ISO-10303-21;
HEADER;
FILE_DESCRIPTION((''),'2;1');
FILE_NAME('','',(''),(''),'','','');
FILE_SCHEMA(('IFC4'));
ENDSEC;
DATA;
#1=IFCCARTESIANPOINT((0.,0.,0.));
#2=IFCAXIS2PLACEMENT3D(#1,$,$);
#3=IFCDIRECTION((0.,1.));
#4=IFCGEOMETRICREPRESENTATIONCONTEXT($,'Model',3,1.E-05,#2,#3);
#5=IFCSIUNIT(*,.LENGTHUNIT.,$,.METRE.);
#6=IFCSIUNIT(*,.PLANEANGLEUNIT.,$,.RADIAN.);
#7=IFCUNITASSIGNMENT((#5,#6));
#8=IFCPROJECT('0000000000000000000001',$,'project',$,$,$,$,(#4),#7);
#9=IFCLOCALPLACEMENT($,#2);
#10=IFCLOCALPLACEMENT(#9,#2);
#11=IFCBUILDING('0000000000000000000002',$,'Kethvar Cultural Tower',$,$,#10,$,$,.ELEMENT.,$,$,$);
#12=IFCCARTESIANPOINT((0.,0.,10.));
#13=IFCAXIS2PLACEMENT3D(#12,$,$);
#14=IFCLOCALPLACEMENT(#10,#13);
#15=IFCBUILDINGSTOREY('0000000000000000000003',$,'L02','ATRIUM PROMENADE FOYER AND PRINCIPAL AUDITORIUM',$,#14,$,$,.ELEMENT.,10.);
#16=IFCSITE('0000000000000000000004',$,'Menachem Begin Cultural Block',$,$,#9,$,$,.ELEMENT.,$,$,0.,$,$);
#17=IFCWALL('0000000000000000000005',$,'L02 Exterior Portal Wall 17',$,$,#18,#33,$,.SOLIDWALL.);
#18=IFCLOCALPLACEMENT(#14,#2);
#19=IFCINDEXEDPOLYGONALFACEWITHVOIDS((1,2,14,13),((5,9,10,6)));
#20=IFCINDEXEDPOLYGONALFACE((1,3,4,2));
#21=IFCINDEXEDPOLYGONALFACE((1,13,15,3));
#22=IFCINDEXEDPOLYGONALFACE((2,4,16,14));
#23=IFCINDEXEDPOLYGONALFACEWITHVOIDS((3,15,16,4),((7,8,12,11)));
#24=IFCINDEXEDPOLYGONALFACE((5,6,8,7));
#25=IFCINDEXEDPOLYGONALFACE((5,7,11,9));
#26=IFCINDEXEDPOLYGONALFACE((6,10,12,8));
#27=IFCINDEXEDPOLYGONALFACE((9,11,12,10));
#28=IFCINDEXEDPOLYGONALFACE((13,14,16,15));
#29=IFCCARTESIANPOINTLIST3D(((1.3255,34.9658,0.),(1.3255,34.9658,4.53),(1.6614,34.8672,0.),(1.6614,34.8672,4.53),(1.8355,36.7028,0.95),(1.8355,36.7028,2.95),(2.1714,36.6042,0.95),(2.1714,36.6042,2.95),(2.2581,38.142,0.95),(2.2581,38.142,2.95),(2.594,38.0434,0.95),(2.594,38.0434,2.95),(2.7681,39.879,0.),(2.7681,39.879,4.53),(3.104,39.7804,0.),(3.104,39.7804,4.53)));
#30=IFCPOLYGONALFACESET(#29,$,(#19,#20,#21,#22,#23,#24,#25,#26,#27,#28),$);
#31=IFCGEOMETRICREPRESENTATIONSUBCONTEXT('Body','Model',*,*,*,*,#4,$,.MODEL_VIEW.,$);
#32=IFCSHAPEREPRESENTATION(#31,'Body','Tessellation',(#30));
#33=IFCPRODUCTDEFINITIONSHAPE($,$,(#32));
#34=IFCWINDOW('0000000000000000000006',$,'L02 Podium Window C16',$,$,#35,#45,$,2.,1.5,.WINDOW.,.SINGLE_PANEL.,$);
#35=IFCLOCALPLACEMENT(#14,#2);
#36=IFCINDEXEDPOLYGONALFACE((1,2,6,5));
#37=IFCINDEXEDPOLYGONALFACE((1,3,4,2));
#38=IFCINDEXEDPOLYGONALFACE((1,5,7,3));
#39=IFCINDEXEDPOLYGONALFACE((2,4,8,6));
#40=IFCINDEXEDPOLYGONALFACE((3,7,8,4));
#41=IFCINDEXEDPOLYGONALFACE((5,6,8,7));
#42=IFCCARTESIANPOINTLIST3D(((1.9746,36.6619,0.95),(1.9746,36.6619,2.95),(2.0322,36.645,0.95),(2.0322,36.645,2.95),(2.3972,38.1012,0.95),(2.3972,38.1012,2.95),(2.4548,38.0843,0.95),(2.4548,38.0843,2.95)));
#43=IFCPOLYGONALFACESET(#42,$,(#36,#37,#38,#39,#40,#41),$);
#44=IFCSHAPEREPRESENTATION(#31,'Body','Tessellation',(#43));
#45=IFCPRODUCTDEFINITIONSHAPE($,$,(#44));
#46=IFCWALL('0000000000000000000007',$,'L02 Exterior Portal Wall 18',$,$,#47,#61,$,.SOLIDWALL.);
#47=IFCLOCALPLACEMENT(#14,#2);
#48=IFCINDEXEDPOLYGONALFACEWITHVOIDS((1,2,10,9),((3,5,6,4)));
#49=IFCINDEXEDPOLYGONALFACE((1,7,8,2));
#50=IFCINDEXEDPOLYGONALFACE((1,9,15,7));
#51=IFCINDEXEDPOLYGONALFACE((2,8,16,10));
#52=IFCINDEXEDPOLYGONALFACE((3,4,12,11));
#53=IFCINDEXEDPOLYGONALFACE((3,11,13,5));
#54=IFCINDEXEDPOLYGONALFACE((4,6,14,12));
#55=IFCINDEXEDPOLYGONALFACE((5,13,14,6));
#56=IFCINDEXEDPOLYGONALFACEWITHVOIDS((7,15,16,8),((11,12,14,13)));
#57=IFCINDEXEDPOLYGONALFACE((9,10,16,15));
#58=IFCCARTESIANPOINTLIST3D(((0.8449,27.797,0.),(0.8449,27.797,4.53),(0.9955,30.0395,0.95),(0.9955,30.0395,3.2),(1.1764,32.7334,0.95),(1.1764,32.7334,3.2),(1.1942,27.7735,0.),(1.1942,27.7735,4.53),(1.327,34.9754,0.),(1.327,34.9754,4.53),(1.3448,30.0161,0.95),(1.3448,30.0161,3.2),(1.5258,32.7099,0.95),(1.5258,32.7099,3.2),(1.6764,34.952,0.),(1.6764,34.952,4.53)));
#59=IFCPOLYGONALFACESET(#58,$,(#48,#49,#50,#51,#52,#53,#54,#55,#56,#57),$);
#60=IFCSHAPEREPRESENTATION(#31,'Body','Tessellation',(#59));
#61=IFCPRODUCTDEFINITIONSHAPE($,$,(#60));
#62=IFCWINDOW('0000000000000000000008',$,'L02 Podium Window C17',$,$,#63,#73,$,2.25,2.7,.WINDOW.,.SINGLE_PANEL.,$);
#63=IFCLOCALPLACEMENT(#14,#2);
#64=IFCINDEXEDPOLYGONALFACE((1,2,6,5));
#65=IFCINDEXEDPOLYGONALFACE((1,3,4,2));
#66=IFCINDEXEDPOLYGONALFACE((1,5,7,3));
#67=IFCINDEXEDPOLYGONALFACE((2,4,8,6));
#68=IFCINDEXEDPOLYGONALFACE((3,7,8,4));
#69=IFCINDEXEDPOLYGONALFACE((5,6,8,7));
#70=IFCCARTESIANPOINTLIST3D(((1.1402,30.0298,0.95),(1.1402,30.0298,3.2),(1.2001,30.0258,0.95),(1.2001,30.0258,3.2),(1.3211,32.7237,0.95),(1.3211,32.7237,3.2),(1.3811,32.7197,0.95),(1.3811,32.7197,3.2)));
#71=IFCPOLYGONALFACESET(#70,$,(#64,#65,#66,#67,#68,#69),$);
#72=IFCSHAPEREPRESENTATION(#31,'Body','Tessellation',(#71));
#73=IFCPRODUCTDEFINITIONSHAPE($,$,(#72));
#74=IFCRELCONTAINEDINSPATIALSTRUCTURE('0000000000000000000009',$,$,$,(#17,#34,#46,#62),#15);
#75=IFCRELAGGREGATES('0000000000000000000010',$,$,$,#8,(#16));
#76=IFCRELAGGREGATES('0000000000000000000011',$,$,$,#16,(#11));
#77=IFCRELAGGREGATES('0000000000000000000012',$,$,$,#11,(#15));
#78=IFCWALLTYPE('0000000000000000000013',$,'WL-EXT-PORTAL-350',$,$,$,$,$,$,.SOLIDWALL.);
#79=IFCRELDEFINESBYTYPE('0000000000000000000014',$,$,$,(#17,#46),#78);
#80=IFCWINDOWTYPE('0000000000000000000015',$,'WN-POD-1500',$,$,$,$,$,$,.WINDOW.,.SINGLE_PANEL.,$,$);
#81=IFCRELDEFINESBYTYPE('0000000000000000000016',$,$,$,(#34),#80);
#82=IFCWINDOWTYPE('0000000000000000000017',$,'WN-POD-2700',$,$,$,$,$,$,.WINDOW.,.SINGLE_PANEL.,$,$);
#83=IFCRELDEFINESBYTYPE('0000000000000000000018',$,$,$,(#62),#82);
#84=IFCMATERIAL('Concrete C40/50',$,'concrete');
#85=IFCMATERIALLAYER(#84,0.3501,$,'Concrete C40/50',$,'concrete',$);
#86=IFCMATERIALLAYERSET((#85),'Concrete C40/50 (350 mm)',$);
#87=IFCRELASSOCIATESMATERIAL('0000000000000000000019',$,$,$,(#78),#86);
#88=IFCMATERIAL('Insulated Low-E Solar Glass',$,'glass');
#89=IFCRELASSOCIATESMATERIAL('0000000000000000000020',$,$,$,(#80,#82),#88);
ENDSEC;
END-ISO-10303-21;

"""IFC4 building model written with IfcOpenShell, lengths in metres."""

from ifc_helpers import new_model, si_unit, direction, frame, frame_2d, origin, place, context, subcontext, project, spatial, rectangle, extrude, source, transform, mapped, material, layer, layer_set, type_object, element, fill, save


model = new_model("IFC4")

# Units and contexts
model_context = context("Model", 3, precision=1e-05, world=origin(), true_north=direction((0.0, 1.0)))
body_context = subcontext(model_context, "Body", "Model", "MODEL_VIEW")
ifc_project = project(units=[si_unit("LENGTHUNIT", "METRE"), si_unit("PLANEANGLEUNIT", "RADIAN")], contexts=[model_context])

# Site, building, storey
site_placement = place(None, origin())
site = spatial("IfcSite", under=ifc_project, at=site_placement, Name="Menachem Begin Cultural Block", CompositionType="ELEMENT", RefElevation=0.0)
building_placement = place(site_placement, origin())
building = spatial("IfcBuilding", under=site, at=building_placement, Name="Kethvar Cultural Tower", CompositionType="ELEMENT")
storey_placement = place(building_placement, frame((0.0, 0.0, 10.0)))
storey = spatial("IfcBuildingStorey", under=building, at=storey_placement, Name="L02", Description="ATRIUM PROMENADE FOYER AND PRINCIPAL AUDITORIUM", CompositionType="ELEMENT", Elevation=10.0)

# Shared definitions
ifc_material_1 = material(Name="Insulated Low-E Solar Glass", Category="glass")

# Walls, openings, windows
ifc_material_2 = material(Name="Concrete C40/50", Category="concrete")
ifc_layer_1 = layer(ifc_material_2, 0.3501, Name="Concrete C40/50", Category="concrete")
ifc_layer_set_1 = layer_set([ifc_layer_1], Name="Concrete C40/50 (350 mm)")
wall_type_1 = type_object("IfcWallType", Name="WL-EXT-PORTAL-350", PredefinedType="SOLIDWALL", material=ifc_layer_set_1)
wall_1_placement = place(storey_placement, frame((1.4934, 34.9165, 0.0), z_axis=(0.0, 0.0, 1.0), x_axis=(0.281735, 0.959492, 0.0)))
wall_1 = element("IfcWall", 1, at=wall_1_placement, inside=storey, type_object=wall_type_1, Name="L02 Exterior Portal Wall 17", PredefinedType="SOLIDWALL", context=body_context, shape_type="SweptSolid", body=[
    extrude(rectangle(XDim=5.1206, YDim=0.3501, at=frame_2d((2.5603, 0.0))), origin(), (0.0, 0.0, 1.0), 4.53),
])
opening_1_placement = place(wall_1_placement, frame((1.8103, 0.0, 0.95)))
opening_1 = element("IfcOpeningElement", 2, at=opening_1_placement, cuts=wall_1, PredefinedType="OPENING", context=body_context, shape_type="SweptSolid", body=[
    extrude(rectangle(XDim=1.5, YDim=2.0, at=frame_2d((0.75, 1.0))), frame((0.0, 0.1851, 0.0), z_axis=(0.0, -1.0, 0.0), x_axis=(1.0, 0.0, 0.0)), (0.0, 0.0, 1.0), 0.3701),
])
window_type_1 = type_object("IfcWindowType", Name="WN-POD-1500", PartitioningType="SINGLE_PANEL", PredefinedType="WINDOW", material=ifc_material_1)
shared_shape_1 = source(origin(), body_context, "Body", "SweptSolid", [
    extrude(rectangle(XDim=1.5, YDim=2.0, at=frame_2d((0.75, 1.0))), frame((0.0, 0.03, 0.0), z_axis=(0.0, -1.0, 0.0), x_axis=(1.0, 0.0, 0.0)), (0.0, 0.0, 1.0), 0.0601),
])
window_1_placement = place(opening_1_placement, origin())
window_1 = element("IfcWindow", 3, at=window_1_placement, inside=storey, type_object=window_type_1, Name="L02 Podium Window C16", OverallHeight=2.0, OverallWidth=1.5, PartitioningType="SINGLE_PANEL", PredefinedType="WINDOW", context=body_context, shape_type="MappedRepresentation", body=[
    mapped(shared_shape_1, transform((0.0, 0.0, 0.0), scale=1.0)),
])
fill(opening_1, window_1)
wall_2_placement = place(storey_placement, frame((1.0195, 27.7854, 0.0), z_axis=(0.0, 0.0, 1.0), x_axis=(0.067019, 0.997752, 0.0)))
wall_2 = element("IfcWall", 4, at=wall_2_placement, inside=storey, type_object=wall_type_1, Name="L02 Exterior Portal Wall 18", PredefinedType="SOLIDWALL", context=body_context, shape_type="SweptSolid", body=[
    extrude(rectangle(XDim=7.1946, YDim=0.3501, at=frame_2d((3.5972, 0.0))), origin(), (0.0, 0.0, 1.0), 4.53),
])
opening_2_placement = place(wall_2_placement, frame((2.2473, 0.0, 0.95)))
opening_2 = element("IfcOpeningElement", 5, at=opening_2_placement, cuts=wall_2, PredefinedType="OPENING", context=body_context, shape_type="SweptSolid", body=[
    extrude(rectangle(XDim=2.7, YDim=2.25, at=frame_2d((1.3501, 1.125))), frame((0.0, 0.1851, 0.0), z_axis=(0.0, -1.0, 0.0), x_axis=(1.0, 0.0, 0.0)), (0.0, 0.0, 1.0), 0.3701),
])
window_type_2 = type_object("IfcWindowType", Name="WN-POD-2700", PartitioningType="SINGLE_PANEL", PredefinedType="WINDOW", material=ifc_material_1)
shared_shape_2 = source(origin(), body_context, "Body", "SweptSolid", [
    extrude(rectangle(XDim=2.7, YDim=2.25, at=frame_2d((1.3501, 1.125))), frame((0.0, 0.03, 0.0), z_axis=(0.0, -1.0, 0.0), x_axis=(1.0, 0.0, 0.0)), (0.0, 0.0, 1.0), 0.0601),
])
window_2_placement = place(opening_2_placement, origin())
window_2 = element("IfcWindow", 6, at=window_2_placement, inside=storey, type_object=window_type_2, Name="L02 Podium Window C17", OverallHeight=2.25, OverallWidth=2.7, PartitioningType="SINGLE_PANEL", PredefinedType="WINDOW", context=body_context, shape_type="MappedRepresentation", body=[
    mapped(shared_shape_2, transform((0.0, 0.0, 0.0), scale=1.0)),
])
fill(opening_2, window_2)

save(model, "model.ifc")
